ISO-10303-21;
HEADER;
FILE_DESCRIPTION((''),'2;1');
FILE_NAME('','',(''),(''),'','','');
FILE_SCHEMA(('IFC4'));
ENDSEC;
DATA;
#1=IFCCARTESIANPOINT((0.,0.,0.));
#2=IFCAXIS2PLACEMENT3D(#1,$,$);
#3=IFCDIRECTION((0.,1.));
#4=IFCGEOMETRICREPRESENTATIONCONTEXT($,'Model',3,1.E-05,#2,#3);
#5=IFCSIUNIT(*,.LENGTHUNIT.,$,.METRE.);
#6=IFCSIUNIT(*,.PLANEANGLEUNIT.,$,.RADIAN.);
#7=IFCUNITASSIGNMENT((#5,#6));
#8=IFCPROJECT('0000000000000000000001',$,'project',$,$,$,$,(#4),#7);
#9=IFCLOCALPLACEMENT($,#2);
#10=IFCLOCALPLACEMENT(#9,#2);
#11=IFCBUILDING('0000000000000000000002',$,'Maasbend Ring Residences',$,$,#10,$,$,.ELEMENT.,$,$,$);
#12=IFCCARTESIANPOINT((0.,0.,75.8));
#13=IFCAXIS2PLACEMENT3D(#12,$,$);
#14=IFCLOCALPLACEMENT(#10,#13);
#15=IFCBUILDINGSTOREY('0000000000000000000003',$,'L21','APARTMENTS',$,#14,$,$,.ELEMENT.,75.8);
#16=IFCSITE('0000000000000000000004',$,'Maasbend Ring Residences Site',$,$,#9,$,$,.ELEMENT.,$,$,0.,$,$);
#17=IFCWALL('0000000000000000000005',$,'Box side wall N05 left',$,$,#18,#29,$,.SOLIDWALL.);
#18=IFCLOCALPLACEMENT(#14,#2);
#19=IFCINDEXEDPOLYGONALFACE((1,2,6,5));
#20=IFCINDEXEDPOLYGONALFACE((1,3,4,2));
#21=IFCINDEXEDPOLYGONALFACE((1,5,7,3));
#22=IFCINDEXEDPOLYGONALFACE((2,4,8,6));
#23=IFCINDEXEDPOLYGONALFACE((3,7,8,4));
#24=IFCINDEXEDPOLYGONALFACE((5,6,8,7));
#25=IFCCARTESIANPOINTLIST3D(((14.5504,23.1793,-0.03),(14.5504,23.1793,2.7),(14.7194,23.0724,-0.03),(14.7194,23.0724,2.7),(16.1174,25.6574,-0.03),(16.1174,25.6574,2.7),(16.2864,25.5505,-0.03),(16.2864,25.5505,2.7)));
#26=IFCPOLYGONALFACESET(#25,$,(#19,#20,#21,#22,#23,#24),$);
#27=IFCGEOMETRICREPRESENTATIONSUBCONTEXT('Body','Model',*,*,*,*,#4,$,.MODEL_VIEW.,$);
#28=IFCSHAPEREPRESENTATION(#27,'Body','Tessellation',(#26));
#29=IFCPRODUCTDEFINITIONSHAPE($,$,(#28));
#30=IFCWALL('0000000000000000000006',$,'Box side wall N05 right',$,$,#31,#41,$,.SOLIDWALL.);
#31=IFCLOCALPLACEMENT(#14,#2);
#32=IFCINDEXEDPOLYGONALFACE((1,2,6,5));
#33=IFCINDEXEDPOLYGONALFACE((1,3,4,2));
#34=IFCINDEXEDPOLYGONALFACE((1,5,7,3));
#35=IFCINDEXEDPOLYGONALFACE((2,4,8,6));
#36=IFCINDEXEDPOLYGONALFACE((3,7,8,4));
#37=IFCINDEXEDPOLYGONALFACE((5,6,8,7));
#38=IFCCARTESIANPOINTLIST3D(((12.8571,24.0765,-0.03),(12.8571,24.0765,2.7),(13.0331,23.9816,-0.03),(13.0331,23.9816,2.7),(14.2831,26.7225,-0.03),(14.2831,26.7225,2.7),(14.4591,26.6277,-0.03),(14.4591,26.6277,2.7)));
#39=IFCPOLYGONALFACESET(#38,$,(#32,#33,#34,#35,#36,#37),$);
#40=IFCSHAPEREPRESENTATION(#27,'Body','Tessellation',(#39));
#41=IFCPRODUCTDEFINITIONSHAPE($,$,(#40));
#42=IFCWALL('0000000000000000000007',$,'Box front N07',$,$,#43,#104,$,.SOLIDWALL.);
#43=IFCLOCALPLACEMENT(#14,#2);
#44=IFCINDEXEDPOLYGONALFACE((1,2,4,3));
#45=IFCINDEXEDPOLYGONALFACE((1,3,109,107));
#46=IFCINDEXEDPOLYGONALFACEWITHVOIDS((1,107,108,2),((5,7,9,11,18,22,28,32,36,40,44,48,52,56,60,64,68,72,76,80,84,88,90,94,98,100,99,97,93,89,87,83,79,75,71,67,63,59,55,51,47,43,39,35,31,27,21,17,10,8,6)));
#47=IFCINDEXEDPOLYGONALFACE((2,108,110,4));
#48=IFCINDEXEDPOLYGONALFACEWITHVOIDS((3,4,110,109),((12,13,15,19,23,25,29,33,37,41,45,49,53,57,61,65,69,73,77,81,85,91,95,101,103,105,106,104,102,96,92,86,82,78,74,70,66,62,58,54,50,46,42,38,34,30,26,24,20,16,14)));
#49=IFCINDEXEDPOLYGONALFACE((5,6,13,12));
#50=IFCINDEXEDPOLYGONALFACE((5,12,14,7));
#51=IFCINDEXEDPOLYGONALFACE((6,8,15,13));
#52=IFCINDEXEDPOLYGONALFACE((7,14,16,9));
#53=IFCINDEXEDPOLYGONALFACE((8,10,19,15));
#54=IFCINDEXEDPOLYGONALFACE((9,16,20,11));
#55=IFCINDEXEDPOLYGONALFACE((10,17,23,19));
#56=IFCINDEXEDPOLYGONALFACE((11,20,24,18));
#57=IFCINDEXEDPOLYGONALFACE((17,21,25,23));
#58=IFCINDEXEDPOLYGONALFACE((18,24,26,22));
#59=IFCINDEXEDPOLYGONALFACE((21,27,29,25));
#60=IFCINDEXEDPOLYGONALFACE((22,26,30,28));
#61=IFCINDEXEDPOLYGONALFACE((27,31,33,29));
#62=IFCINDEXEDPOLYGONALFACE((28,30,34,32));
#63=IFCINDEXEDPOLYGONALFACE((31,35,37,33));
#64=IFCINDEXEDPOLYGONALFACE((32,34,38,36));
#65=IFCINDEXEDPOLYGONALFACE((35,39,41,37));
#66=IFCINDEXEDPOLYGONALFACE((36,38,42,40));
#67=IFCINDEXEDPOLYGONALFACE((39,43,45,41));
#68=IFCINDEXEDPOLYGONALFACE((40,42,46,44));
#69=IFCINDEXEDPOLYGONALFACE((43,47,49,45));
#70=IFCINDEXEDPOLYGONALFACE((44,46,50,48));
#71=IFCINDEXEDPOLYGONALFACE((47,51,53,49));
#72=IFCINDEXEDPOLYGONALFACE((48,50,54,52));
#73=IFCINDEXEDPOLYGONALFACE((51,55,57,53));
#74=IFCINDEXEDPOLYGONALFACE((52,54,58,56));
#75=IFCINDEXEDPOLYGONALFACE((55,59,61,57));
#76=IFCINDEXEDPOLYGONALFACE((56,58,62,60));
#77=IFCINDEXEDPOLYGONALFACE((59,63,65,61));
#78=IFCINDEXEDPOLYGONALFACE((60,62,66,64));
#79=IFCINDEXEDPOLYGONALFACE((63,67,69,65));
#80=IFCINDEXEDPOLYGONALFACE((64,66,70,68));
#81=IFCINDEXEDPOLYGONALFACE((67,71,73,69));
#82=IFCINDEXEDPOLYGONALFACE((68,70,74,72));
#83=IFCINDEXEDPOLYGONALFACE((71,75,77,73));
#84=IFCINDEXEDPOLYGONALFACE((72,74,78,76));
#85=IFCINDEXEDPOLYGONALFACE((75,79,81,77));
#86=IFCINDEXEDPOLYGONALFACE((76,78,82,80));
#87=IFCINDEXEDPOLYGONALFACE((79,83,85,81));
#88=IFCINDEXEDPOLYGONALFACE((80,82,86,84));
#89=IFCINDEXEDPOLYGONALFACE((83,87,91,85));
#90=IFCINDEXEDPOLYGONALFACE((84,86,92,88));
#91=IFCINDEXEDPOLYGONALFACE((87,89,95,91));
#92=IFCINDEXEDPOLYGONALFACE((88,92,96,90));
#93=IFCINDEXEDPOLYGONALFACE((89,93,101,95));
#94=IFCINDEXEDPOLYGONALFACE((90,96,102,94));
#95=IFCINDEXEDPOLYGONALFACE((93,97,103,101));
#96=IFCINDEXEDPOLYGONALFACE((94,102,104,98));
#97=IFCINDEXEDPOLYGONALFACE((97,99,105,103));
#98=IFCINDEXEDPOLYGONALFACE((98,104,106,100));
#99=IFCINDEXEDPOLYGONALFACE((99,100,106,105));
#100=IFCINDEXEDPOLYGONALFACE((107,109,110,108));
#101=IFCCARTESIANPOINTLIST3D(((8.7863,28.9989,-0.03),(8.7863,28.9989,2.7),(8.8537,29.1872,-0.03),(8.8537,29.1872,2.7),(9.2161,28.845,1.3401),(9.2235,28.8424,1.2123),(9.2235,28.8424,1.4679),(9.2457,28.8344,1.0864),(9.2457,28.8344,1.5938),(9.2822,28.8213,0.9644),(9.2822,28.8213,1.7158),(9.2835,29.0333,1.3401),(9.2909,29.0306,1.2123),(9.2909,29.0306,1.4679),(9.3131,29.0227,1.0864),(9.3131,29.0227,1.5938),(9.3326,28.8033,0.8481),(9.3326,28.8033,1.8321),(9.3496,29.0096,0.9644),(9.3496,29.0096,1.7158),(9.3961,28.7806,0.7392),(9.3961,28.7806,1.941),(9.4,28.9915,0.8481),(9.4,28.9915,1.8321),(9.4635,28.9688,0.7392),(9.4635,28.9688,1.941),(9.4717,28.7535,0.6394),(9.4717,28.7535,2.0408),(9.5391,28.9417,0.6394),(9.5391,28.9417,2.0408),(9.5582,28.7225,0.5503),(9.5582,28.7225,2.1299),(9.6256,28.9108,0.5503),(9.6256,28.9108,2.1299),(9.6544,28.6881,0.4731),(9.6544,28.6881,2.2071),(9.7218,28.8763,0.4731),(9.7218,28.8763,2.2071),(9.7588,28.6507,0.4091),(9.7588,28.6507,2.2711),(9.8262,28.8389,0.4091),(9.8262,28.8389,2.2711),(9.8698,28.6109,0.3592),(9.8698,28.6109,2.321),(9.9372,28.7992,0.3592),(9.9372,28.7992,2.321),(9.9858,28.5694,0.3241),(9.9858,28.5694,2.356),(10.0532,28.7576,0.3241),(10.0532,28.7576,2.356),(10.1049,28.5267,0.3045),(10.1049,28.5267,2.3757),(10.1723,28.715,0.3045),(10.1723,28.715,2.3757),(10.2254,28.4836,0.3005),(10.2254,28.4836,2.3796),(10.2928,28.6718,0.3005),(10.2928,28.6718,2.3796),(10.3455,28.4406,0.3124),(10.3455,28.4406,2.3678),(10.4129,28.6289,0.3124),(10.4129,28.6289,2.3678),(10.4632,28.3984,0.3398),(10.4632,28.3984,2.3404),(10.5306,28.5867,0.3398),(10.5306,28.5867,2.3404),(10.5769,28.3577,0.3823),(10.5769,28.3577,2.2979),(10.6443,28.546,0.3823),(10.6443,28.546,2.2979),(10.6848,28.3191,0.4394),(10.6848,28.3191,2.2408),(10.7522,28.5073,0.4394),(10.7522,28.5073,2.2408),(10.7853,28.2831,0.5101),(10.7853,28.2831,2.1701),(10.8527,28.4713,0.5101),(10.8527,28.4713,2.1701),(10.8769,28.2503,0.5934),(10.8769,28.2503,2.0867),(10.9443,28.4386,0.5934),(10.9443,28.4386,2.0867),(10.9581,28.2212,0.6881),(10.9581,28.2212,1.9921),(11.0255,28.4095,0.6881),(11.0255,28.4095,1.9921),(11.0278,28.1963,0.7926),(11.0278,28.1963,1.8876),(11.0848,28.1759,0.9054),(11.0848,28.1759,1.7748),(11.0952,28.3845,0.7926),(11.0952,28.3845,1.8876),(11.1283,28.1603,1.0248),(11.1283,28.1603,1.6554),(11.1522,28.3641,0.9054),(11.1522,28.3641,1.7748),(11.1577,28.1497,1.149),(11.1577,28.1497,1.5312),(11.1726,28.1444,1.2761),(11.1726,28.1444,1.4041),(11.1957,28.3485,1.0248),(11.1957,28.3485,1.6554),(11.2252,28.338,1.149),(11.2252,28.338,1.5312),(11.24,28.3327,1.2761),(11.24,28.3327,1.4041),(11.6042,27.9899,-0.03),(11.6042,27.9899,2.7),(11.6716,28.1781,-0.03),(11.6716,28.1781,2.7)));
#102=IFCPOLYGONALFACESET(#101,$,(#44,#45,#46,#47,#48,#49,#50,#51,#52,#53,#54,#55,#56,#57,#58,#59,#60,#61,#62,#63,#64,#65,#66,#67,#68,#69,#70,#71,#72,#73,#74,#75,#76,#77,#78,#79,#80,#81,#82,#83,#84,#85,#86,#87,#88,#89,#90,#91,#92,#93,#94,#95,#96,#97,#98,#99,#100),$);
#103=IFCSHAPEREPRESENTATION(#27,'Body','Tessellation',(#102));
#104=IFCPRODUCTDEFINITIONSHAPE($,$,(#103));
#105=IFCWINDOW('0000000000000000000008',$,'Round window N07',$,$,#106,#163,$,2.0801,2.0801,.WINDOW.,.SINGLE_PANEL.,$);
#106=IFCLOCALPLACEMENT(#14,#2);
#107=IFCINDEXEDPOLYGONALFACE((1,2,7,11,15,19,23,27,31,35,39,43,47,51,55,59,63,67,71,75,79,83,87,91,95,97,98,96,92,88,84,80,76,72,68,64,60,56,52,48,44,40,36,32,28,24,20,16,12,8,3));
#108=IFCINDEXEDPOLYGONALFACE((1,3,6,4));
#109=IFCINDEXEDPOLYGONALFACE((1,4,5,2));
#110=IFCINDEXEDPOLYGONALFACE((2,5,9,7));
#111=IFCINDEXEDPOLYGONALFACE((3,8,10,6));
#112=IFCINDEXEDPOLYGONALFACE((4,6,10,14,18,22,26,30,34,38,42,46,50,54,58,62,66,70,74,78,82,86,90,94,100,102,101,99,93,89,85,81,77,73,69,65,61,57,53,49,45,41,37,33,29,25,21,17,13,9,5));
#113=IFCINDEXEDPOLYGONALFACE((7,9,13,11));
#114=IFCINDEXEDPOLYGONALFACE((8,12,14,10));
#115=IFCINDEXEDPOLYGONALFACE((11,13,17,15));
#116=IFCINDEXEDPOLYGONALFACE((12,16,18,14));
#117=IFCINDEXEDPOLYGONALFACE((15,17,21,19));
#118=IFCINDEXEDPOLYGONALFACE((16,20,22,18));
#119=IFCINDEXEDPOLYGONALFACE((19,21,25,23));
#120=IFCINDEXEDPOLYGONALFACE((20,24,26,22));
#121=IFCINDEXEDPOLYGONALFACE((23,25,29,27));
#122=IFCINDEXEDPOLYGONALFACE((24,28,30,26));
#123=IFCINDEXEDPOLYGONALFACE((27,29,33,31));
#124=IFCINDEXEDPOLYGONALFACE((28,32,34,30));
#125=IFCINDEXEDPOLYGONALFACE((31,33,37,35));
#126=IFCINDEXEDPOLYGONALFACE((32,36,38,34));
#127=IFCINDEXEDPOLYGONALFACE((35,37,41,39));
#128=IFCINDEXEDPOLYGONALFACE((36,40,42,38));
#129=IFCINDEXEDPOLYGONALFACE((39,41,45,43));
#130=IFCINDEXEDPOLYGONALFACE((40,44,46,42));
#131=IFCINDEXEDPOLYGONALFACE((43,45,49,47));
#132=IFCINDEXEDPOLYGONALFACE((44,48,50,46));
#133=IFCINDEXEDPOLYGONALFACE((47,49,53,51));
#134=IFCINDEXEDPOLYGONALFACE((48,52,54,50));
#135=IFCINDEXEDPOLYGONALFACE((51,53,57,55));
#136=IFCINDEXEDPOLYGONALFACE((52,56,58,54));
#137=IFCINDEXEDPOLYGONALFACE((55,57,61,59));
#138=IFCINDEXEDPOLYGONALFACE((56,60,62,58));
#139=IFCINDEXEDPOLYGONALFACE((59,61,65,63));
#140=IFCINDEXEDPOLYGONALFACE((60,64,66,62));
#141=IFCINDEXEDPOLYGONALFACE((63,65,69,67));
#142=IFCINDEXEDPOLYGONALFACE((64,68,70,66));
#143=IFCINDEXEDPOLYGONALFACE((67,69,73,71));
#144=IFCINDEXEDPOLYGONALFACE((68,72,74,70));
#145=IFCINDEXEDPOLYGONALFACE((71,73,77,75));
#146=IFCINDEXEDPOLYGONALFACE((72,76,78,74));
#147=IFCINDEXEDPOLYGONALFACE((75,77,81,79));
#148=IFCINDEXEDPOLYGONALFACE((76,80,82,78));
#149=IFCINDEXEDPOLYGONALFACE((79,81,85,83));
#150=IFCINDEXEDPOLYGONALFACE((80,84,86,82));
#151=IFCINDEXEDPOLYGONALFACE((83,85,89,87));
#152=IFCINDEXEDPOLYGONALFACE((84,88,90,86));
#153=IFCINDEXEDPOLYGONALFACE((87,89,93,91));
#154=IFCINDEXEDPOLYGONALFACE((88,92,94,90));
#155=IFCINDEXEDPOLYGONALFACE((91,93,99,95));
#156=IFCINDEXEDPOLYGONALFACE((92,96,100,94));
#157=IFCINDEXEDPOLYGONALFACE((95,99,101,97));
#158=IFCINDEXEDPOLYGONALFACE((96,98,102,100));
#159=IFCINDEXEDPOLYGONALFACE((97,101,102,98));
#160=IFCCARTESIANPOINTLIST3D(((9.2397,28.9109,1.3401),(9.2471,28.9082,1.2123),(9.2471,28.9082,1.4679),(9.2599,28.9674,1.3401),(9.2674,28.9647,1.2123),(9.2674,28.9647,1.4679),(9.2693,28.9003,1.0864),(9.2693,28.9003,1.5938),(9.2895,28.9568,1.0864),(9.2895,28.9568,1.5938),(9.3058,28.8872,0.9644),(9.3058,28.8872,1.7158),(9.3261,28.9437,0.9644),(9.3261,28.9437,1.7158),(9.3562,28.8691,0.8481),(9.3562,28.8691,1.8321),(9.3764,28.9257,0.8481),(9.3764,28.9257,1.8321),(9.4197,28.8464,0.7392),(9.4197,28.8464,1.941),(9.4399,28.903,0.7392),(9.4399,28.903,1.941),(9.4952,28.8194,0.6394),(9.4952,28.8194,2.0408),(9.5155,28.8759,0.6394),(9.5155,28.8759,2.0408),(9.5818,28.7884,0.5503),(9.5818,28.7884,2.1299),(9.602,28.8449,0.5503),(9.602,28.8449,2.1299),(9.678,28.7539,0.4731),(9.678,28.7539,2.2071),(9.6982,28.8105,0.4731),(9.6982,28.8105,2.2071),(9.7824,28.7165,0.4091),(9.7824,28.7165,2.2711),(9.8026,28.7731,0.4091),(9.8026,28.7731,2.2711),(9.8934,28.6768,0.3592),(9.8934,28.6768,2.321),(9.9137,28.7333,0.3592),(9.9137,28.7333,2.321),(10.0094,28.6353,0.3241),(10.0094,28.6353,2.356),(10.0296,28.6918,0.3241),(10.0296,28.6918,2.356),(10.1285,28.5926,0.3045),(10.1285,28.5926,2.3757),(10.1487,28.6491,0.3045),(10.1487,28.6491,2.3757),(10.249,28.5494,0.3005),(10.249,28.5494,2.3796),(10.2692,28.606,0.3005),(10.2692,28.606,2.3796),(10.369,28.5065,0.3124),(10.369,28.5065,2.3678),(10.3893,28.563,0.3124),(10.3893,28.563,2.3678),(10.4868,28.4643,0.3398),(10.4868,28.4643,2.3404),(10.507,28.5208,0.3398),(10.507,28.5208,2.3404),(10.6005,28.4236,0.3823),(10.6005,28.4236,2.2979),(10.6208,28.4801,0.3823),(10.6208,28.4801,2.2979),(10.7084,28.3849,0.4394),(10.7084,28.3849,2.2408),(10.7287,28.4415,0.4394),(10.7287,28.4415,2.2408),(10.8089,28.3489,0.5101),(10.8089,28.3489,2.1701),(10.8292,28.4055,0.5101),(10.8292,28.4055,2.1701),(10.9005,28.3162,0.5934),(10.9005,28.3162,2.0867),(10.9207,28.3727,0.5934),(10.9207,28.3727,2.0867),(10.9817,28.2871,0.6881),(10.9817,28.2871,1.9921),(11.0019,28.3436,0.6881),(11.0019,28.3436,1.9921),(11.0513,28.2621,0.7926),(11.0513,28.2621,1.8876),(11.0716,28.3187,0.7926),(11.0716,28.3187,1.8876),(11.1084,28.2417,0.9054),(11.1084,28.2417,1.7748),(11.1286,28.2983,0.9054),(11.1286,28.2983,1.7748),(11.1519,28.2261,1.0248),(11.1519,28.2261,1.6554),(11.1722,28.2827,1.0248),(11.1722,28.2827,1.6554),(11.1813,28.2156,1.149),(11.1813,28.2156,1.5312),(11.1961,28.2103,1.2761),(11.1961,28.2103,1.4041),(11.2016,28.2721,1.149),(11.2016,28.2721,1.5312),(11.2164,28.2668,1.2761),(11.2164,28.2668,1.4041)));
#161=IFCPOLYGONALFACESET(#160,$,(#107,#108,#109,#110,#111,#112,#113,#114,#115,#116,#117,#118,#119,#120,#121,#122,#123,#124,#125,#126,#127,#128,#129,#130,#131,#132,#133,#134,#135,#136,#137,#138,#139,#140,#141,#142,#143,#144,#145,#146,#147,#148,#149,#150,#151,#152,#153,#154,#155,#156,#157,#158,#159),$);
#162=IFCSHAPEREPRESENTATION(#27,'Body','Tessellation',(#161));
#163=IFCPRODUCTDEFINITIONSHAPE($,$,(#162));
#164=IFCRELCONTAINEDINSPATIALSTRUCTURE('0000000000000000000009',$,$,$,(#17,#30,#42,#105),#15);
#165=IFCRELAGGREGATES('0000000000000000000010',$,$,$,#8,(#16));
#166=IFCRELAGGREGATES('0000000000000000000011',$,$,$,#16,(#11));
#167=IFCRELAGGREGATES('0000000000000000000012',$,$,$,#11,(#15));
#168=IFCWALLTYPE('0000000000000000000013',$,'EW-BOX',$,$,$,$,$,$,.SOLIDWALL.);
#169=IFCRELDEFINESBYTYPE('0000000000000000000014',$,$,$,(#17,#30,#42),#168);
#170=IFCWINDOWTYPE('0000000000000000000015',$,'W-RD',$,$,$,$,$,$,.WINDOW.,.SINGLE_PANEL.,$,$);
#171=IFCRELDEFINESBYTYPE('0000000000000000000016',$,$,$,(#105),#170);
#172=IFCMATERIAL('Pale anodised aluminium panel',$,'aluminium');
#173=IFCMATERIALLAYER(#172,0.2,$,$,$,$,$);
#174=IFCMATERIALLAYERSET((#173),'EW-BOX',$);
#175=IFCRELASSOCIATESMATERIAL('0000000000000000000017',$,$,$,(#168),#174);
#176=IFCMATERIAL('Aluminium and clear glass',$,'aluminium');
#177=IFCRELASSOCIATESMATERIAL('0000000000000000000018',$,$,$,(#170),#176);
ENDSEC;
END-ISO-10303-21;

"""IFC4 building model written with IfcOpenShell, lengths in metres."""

from ifc_helpers import new_model, si_unit, direction, frame, frame_2d, origin, place, context, subcontext, project, spatial, rectangle, circle, extrude, material, layer, layer_set, type_object, element, fill, save


model = new_model("IFC4")

# Units and contexts
model_context = context("Model", 3, precision=1e-05, world=origin(), true_north=direction((0.0, 1.0)))
body_context = subcontext(model_context, "Body", "Model", "MODEL_VIEW")
ifc_project = project(units=[si_unit("LENGTHUNIT", "METRE"), si_unit("PLANEANGLEUNIT", "RADIAN")], contexts=[model_context])

# Site, building, storey
site_placement = place(None, origin())
site = spatial("IfcSite", under=ifc_project, at=site_placement, Name="Maasbend Ring Residences Site", CompositionType="ELEMENT", RefElevation=0.0)
building_placement = place(site_placement, origin())
building = spatial("IfcBuilding", under=site, at=building_placement, Name="Maasbend Ring Residences", CompositionType="ELEMENT")
storey_placement = place(building_placement, frame((0.0, 0.0, 75.8)))
storey = spatial("IfcBuildingStorey", under=building, at=storey_placement, Name="L21", Description="APARTMENTS", CompositionType="ELEMENT", Elevation=75.8)

# Walls
ifc_material_1 = material(Name="Pale anodised aluminium panel", Category="aluminium")
ifc_layer_1 = layer(ifc_material_1, 0.2)
ifc_layer_set_1 = layer_set([ifc_layer_1], Name="EW-BOX")
wall_type_1 = type_object("IfcWallType", Name="EW-BOX", PredefinedType="SOLIDWALL", material=ifc_layer_set_1)
wall_1_placement = place(storey_placement, frame((14.635, 23.126, -0.03), z_axis=(0.0, 0.0, 1.0), x_axis=(0.534438, 0.845208, 0.0)))
element("IfcWall", 1, at=wall_1_placement, inside=storey, type_object=wall_type_1, Name="Box side wall N05 left", PredefinedType="SOLIDWALL", context=body_context, shape_type="SweptSolid", body=[
    extrude(rectangle(XDim=2.9319, YDim=0.2, at=frame_2d((1.4658, 0.0))), origin(), (0.0, 0.0, 1.0), 2.73),
])
wall_2_placement = place(storey_placement, frame((12.9451, 24.0291, -0.03), z_axis=(0.0, 0.0, 1.0), x_axis=(0.474424, 0.880296, 0.0)))
element("IfcWall", 2, at=wall_2_placement, inside=storey, type_object=wall_type_1, Name="Box side wall N05 right", PredefinedType="SOLIDWALL", context=body_context, shape_type="SweptSolid", body=[
    extrude(rectangle(XDim=3.0059, YDim=0.2, at=frame_2d((1.5029, 0.0))), origin(), (0.0, 0.0, 1.0), 2.73),
])

# Wall, opening, window
wall_3_placement = place(storey_placement, frame((11.6379, 28.084, -0.03), z_axis=(0.0, 0.0, 1.0), x_axis=(-0.941461, 0.337122, 0.0)))
wall_3 = element("IfcWall", 3, at=wall_3_placement, inside=storey, type_object=wall_type_1, Name="Box front N07", PredefinedType="SOLIDWALL", context=body_context, shape_type="SweptSolid", body=[
    extrude(rectangle(XDim=2.9932, YDim=0.2, at=frame_2d((1.4966, 0.0))), origin(), (0.0, 0.0, 1.0), 2.73),
])
opening_1_placement = place(wall_3_placement, frame((0.4565, 0.0, 0.3301)))
opening_1 = element("IfcOpeningElement", 4, at=opening_1_placement, cuts=wall_3, PredefinedType="OPENING", context=body_context, shape_type="SweptSolid", body=[
    extrude(circle(Radius=1.04, at=frame_2d((1.04, 1.04))), frame((0.0, 0.1099, 0.0), z_axis=(0.0, -1.0, 0.0), x_axis=(1.0, 0.0, 0.0)), (0.0, 0.0, 1.0), 0.22),
])
ifc_material_2 = material(Name="Aluminium and clear glass", Category="aluminium")
window_type_1 = type_object("IfcWindowType", Name="W-RD", PartitioningType="SINGLE_PANEL", PredefinedType="WINDOW", material=ifc_material_2)
window_1_placement = place(opening_1_placement, origin())
window_1 = element("IfcWindow", 5, at=window_1_placement, inside=storey, type_object=window_type_1, Name="Round window N07", OverallHeight=2.0801, OverallWidth=2.0801, PartitioningType="SINGLE_PANEL", PredefinedType="WINDOW", context=body_context, shape_type="SweptSolid", body=[
    extrude(circle(Radius=1.04, at=frame_2d((1.04, 1.04))), frame((0.0, 0.03, 0.0), z_axis=(0.0, -1.0, 0.0), x_axis=(1.0, 0.0, 0.0)), (0.0, 0.0, 1.0), 0.0601),
])
fill(opening_1, window_1)

save(model, "model.ifc")
